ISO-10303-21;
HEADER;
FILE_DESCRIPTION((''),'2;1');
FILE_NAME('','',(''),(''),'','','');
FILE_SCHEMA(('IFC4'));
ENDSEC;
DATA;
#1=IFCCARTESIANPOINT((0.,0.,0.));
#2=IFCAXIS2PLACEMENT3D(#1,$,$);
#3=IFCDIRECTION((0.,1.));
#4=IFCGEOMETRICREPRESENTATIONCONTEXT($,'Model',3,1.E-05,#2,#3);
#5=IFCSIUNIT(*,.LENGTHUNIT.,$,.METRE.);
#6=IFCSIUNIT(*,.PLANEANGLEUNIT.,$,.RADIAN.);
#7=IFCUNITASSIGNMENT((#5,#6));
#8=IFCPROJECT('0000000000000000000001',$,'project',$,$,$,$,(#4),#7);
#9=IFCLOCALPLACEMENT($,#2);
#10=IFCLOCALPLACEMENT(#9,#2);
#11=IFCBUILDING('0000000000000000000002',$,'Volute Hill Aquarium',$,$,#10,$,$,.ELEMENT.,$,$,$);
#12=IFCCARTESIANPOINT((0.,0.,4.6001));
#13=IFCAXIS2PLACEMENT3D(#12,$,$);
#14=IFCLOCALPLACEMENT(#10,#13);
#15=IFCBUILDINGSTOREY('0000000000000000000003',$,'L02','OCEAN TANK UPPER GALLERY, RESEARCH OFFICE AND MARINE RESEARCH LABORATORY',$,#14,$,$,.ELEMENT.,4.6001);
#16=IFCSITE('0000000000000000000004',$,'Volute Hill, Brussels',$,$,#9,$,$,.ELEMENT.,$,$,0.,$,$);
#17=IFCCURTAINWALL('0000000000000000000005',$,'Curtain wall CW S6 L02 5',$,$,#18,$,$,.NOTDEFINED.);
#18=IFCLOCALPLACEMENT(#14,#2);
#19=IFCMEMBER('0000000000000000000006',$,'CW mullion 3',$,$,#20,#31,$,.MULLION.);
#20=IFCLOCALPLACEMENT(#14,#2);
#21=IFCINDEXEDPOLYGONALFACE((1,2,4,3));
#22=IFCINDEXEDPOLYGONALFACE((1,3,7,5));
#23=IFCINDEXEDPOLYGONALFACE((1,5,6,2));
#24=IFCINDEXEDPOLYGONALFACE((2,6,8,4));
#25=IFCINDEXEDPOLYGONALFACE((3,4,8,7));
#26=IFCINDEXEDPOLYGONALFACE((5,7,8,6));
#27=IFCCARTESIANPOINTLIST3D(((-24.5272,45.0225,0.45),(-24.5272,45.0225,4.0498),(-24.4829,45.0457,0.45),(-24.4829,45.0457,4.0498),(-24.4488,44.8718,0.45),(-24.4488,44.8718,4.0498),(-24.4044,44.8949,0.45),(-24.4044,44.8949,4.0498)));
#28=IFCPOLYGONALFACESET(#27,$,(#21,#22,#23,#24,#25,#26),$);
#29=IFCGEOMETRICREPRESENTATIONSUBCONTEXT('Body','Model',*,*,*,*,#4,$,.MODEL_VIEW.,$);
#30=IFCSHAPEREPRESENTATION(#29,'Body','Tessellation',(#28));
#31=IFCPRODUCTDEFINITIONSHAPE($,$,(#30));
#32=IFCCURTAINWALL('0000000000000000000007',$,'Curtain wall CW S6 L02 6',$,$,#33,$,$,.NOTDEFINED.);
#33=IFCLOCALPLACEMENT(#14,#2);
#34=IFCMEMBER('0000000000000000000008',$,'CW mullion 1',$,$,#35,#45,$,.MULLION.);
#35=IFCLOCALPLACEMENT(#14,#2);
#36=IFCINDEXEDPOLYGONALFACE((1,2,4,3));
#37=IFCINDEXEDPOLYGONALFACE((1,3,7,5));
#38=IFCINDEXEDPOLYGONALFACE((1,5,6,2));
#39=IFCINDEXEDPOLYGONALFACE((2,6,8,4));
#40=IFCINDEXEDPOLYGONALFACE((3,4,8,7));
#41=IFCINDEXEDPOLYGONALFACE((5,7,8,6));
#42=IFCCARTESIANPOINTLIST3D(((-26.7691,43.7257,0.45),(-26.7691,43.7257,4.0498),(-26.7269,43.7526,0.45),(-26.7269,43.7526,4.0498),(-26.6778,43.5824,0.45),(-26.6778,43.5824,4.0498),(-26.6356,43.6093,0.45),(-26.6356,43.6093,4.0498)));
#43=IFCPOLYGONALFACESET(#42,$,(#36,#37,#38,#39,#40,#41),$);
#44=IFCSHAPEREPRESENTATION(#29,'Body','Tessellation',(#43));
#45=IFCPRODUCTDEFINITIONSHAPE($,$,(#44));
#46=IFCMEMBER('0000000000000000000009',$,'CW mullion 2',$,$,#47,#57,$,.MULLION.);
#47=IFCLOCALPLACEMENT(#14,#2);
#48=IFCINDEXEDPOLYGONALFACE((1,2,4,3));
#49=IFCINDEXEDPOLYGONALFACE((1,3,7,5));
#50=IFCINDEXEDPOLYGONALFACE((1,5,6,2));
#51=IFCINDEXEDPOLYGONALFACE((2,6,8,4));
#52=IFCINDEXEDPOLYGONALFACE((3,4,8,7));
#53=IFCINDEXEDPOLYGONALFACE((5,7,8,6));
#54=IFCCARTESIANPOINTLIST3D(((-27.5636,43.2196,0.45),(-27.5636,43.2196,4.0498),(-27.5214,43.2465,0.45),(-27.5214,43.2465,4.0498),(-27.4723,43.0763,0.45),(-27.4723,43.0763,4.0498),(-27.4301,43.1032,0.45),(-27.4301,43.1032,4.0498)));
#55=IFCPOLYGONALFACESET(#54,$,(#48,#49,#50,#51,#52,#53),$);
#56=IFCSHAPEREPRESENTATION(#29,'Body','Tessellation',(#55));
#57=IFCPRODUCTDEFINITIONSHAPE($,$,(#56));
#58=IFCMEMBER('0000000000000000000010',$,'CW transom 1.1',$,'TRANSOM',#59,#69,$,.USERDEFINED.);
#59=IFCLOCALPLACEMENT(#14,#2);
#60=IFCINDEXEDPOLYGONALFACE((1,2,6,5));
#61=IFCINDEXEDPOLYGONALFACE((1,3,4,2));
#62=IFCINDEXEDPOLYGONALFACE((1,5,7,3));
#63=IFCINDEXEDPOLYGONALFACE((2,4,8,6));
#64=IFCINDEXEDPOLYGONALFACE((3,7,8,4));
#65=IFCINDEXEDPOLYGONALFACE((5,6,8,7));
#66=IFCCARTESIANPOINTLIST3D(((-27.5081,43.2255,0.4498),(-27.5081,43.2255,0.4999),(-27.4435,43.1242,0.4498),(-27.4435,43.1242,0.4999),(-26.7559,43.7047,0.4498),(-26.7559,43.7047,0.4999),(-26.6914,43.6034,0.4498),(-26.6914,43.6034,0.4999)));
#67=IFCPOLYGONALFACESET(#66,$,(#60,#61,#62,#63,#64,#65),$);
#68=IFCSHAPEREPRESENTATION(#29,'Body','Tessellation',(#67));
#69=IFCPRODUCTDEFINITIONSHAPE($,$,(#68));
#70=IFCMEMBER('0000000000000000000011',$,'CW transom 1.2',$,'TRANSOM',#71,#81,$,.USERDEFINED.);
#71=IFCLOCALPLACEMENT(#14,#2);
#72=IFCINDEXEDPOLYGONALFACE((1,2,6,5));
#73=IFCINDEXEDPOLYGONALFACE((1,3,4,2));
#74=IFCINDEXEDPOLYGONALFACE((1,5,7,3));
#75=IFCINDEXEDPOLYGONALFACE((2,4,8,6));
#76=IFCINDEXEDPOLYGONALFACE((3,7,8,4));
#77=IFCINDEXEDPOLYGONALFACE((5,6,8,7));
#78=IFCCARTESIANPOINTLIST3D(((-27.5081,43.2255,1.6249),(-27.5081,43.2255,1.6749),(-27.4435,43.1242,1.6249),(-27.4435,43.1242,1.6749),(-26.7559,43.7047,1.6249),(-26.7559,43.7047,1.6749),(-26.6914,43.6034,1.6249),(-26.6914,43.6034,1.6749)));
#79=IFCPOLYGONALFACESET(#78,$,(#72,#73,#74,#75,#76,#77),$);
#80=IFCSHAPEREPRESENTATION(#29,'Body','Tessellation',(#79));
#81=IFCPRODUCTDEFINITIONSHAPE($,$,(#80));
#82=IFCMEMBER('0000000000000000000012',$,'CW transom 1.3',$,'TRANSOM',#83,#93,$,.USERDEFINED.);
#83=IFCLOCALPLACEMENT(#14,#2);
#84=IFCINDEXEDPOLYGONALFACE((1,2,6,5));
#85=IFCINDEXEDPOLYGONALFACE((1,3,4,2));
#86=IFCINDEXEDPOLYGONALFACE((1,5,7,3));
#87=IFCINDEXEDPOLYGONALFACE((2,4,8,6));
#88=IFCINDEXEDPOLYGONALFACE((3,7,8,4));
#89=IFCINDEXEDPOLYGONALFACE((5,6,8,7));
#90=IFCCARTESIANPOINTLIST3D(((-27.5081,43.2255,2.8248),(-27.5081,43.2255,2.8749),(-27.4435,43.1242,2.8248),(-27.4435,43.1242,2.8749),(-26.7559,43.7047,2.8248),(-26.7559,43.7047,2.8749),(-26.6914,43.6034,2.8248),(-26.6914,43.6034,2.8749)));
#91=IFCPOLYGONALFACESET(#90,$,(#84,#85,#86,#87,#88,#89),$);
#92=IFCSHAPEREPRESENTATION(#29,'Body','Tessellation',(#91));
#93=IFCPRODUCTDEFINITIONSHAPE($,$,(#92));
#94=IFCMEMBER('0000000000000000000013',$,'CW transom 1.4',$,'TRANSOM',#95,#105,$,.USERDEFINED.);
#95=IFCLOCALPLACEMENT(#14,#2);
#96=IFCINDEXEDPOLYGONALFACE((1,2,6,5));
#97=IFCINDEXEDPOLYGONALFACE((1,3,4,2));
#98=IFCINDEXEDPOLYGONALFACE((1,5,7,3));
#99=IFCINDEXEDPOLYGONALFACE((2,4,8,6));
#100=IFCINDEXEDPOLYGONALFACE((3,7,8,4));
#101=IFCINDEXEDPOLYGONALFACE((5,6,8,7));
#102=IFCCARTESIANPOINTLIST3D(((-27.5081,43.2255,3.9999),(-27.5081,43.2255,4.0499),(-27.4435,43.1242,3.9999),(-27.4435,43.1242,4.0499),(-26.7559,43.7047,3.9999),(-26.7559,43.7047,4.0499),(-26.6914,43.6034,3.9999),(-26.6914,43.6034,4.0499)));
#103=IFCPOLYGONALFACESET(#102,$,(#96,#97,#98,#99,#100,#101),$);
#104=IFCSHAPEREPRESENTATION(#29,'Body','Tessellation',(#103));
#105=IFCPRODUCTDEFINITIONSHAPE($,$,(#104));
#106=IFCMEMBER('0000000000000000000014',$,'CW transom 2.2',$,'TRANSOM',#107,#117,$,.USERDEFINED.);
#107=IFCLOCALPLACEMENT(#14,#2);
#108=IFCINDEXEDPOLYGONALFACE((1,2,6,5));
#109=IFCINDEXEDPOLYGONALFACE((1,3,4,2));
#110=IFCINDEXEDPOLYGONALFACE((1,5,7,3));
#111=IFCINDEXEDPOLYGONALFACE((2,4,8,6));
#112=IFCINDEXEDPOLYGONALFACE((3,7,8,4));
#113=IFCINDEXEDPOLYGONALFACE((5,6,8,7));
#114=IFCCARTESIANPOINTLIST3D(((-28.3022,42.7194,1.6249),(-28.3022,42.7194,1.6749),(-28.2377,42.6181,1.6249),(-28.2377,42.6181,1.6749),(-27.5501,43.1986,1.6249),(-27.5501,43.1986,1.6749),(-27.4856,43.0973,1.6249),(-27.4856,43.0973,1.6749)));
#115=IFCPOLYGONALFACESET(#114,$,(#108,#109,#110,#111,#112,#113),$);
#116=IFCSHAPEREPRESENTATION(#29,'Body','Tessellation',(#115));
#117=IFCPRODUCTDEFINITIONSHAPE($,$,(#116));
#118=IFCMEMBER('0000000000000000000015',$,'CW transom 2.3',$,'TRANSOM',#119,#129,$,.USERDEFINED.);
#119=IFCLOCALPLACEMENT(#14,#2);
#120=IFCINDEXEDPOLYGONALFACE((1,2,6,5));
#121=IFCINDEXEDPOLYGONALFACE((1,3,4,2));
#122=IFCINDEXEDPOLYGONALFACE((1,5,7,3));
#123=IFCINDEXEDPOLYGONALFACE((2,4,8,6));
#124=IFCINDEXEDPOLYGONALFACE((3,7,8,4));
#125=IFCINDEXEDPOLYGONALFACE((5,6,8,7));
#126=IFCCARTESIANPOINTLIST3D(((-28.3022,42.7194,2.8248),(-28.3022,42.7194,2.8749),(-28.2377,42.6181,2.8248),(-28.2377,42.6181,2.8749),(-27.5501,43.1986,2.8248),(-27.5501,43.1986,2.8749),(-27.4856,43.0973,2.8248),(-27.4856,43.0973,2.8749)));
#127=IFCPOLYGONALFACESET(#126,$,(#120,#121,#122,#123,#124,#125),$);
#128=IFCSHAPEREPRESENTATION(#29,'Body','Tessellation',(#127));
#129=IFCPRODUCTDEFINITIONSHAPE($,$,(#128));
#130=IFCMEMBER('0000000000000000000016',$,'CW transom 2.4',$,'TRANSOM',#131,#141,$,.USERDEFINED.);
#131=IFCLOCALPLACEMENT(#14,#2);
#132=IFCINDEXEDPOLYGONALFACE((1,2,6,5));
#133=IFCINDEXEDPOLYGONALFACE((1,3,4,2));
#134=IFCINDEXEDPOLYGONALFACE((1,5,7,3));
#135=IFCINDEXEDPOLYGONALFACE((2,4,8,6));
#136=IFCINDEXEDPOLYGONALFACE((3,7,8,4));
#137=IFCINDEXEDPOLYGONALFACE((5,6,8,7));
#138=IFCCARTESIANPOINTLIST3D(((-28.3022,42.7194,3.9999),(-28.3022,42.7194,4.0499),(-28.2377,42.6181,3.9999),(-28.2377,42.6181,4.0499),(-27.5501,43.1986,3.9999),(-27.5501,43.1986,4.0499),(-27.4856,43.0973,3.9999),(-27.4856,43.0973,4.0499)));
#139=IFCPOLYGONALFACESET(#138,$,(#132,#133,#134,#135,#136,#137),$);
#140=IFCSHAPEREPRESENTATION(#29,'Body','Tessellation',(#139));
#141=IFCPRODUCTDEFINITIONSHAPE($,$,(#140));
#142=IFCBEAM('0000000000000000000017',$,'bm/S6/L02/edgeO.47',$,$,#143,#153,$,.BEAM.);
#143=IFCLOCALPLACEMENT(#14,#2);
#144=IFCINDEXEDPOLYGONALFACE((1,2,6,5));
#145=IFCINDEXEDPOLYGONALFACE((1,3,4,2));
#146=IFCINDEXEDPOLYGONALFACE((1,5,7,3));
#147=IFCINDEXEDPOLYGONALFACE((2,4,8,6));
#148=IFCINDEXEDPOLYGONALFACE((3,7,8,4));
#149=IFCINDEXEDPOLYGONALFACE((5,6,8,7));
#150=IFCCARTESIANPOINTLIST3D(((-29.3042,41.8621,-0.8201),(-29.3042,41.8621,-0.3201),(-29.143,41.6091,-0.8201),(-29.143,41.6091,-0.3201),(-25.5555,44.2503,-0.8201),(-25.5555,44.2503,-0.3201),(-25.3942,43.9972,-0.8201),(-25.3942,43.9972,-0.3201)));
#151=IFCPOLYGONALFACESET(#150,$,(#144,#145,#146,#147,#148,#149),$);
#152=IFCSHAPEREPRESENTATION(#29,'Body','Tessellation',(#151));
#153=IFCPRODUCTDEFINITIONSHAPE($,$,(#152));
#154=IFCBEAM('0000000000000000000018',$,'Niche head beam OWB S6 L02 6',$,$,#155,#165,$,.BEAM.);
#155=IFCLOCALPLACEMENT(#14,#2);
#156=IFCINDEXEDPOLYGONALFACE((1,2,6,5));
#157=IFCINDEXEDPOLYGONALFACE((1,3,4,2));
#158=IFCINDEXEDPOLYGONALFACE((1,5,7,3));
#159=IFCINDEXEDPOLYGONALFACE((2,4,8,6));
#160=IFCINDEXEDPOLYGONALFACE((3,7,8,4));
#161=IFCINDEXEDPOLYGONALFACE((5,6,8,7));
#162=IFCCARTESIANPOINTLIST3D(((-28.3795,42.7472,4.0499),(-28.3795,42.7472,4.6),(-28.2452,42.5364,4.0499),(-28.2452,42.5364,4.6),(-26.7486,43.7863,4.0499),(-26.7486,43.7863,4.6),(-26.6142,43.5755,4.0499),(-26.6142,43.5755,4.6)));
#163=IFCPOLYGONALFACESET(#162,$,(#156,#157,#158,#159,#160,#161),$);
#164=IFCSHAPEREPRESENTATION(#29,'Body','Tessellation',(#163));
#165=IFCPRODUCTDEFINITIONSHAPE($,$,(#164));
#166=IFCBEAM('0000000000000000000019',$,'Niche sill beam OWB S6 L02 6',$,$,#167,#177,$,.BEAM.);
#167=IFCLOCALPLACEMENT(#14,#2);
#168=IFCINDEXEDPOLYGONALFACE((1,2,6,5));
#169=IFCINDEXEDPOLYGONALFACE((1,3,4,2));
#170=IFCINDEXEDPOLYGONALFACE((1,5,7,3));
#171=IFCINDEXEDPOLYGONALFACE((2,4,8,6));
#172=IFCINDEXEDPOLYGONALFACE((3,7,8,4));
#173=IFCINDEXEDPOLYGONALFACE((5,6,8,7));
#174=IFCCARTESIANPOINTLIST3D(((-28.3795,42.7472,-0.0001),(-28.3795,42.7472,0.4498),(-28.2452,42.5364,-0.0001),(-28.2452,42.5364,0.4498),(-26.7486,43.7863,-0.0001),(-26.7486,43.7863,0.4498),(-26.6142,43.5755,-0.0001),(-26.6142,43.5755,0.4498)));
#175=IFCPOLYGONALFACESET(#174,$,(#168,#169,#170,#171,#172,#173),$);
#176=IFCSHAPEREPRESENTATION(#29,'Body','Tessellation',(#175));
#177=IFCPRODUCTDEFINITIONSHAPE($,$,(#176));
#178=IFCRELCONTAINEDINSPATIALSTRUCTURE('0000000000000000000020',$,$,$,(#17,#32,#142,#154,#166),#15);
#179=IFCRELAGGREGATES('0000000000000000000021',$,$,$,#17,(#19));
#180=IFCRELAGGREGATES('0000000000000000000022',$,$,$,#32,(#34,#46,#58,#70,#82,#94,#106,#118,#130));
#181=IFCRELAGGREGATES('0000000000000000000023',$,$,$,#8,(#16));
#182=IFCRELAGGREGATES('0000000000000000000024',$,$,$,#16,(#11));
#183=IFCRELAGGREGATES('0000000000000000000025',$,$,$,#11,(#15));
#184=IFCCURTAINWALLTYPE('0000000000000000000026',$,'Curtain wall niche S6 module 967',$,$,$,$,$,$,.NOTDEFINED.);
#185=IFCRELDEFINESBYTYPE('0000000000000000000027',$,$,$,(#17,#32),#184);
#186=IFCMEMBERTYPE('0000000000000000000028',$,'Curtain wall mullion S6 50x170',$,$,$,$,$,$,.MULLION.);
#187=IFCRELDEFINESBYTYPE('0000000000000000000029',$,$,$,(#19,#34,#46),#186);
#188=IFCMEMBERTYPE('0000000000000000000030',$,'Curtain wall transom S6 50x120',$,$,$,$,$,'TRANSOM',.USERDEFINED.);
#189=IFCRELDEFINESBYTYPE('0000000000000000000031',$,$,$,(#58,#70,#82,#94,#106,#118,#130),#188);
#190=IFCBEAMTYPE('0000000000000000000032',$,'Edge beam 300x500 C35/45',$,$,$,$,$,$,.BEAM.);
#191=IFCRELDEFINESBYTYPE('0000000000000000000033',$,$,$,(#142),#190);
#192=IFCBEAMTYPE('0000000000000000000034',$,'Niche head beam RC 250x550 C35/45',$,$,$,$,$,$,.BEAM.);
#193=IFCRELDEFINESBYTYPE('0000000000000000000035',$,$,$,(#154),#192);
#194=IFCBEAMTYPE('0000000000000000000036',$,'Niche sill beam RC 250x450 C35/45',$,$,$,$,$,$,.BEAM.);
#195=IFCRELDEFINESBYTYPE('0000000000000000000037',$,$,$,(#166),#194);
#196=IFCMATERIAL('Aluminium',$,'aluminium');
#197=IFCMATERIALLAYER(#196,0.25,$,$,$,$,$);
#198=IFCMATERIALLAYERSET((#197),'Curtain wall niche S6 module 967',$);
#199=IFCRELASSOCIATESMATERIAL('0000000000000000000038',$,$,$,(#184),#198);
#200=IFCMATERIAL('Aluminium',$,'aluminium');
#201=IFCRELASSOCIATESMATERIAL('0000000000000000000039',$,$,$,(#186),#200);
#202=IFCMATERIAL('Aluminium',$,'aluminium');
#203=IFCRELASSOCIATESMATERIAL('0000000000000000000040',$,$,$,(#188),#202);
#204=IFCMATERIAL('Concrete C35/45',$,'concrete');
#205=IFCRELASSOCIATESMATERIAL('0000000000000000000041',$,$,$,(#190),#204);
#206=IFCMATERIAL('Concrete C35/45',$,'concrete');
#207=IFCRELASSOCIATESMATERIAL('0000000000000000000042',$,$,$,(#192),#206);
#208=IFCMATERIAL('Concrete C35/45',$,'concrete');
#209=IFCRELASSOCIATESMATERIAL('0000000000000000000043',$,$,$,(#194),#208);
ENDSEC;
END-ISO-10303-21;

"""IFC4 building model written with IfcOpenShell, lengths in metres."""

from ifc_helpers import new_model, si_unit, direction, frame, origin, origin_2d, place, context, subcontext, project, spatial, rectangle, extrude, material, layer, layer_set, material_profile, profile_set, type_object, element, aggregate, save


model = new_model("IFC4")

# Units and contexts
model_context = context("Model", 3, precision=1e-05, world=origin(), true_north=direction((0.0, 1.0)))
body_context = subcontext(model_context, "Body", "Model", "MODEL_VIEW")
ifc_project = project(units=[si_unit("LENGTHUNIT", "METRE"), si_unit("PLANEANGLEUNIT", "RADIAN")], contexts=[model_context])

# Site, building, storey
site_placement = place(None, origin())
site = spatial("IfcSite", under=ifc_project, at=site_placement, Name="Volute Hill, Brussels", CompositionType="ELEMENT", RefElevation=0.0)
building_placement = place(site_placement, origin())
building = spatial("IfcBuilding", under=site, at=building_placement, Name="Volute Hill Aquarium", CompositionType="ELEMENT")
storey_placement = place(building_placement, frame((0.0, 0.0, 4.6001)))
storey = spatial("IfcBuildingStorey", under=building, at=storey_placement, Name="L02", Description="OCEAN TANK UPPER GALLERY, RESEARCH OFFICE AND MARINE RESEARCH LABORATORY", CompositionType="ELEMENT", Elevation=4.6001)

# Curtain wall, member
ifc_material_1 = material(Name="Aluminium", Category="aluminium")
ifc_layer_1 = layer(ifc_material_1, 0.25)
ifc_layer_set_1 = layer_set([ifc_layer_1], Name="Curtain wall niche S6 module 967")
curtain_wall_type = type_object("IfcCurtainWallType", Name="Curtain wall niche S6 module 967", PredefinedType="NOTDEFINED", material=ifc_layer_set_1)
curtain_wall_1_placement = place(storey_placement, origin())
curtain_wall_1 = element("IfcCurtainWall", 1, at=curtain_wall_1_placement, inside=storey, type_object=curtain_wall_type, Name="Curtain wall CW S6 L02 5", PredefinedType="NOTDEFINED")
ifc_material_2 = material(Name="Aluminium", Category="aluminium")
ifc_material_profile_1 = material_profile(ifc_material_2, rectangle(XDim=0.1699, YDim=0.05, at=origin_2d()), Name="Curtain wall mullion S6 50x170")
ifc_profile_set_1 = profile_set([ifc_material_profile_1], Name="Aluminium")
member_type_1 = type_object("IfcMemberType", Name="Curtain wall mullion S6 50x170", PredefinedType="MULLION", material=ifc_profile_set_1)
member_1_placement = place(storey_placement, frame((-24.4658, 44.9587, 0.45), z_axis=(0.0, 0.0, 1.0), x_axis=(0.46176, -0.887005, 0.0)))
member_1 = element("IfcMember", 2, at=member_1_placement, type_object=member_type_1, Name="CW mullion 3", PredefinedType="MULLION", context=body_context, shape_type="SweptSolid", body=[
    extrude(rectangle(XDim=0.1699, YDim=0.05, at=origin_2d()), origin(), (0.0, 0.0, 1.0), 3.5999),
])
aggregate(curtain_wall_1, [member_1])

# Curtain wall, members
curtain_wall_2_placement = place(storey_placement, origin())
curtain_wall_2 = element("IfcCurtainWall", 3, at=curtain_wall_2_placement, inside=storey, type_object=curtain_wall_type, Name="Curtain wall CW S6 L02 6", PredefinedType="NOTDEFINED")
member_2_placement = place(storey_placement, frame((-26.7024, 43.6675, 0.45), z_axis=(0.0, 0.0, 1.0), x_axis=(0.537295, -0.843395, 0.0)))
member_2 = element("IfcMember", 4, at=member_2_placement, type_object=member_type_1, Name="CW mullion 1", PredefinedType="MULLION", context=body_context, shape_type="SweptSolid", body=[
    extrude(rectangle(XDim=0.1699, YDim=0.05, at=origin_2d()), origin(), (0.0, 0.0, 1.0), 3.5999),
])
member_3_placement = place(storey_placement, frame((-27.4968, 43.1614, 0.45), z_axis=(0.0, 0.0, 1.0), x_axis=(0.537295, -0.843395, 0.0)))
member_3 = element("IfcMember", 5, at=member_3_placement, type_object=member_type_1, Name="CW mullion 2", PredefinedType="MULLION", context=body_context, shape_type="SweptSolid", body=[
    extrude(rectangle(XDim=0.1699, YDim=0.05, at=origin_2d()), origin(), (0.0, 0.0, 1.0), 3.5999),
])
ifc_material_3 = material(Name="Aluminium", Category="aluminium")
ifc_material_profile_2 = material_profile(ifc_material_3, rectangle(XDim=0.1201, YDim=0.05, at=origin_2d()), Name="Curtain wall transom S6 50x120")
ifc_profile_set_2 = profile_set([ifc_material_profile_2], Name="Aluminium")
member_type_2 = type_object("IfcMemberType", Name="Curtain wall transom S6 50x120", ElementType="TRANSOM", PredefinedType="USERDEFINED", material=ifc_profile_set_2)
member_4_placement = place(storey_placement, frame((-26.7236, 43.6541, 0.4749), z_axis=(-0.843368, -0.537336, 0.0), x_axis=(0.537336, -0.843368, 0.0)))
member_4 = element("IfcMember", 6, at=member_4_placement, type_object=member_type_2, Name="CW transom 1.1", ObjectType="TRANSOM", PredefinedType="USERDEFINED", context=body_context, shape_type="SweptSolid", body=[
    extrude(rectangle(XDim=0.1201, YDim=0.05, at=origin_2d()), origin(), (0.0, 0.0, 1.0), 0.8918),
])
member_5_placement = place(storey_placement, frame((-26.7236, 43.6541, 1.6499), z_axis=(-0.843368, -0.537336, 0.0), x_axis=(0.537336, -0.843368, 0.0)))
member_5 = element("IfcMember", 7, at=member_5_placement, type_object=member_type_2, Name="CW transom 1.2", ObjectType="TRANSOM", PredefinedType="USERDEFINED", context=body_context, shape_type="SweptSolid", body=[
    extrude(rectangle(XDim=0.1201, YDim=0.05, at=origin_2d()), origin(), (0.0, 0.0, 1.0), 0.8918),
])
member_6_placement = place(storey_placement, frame((-26.7236, 43.6541, 2.8499), z_axis=(-0.843368, -0.537336, 0.0), x_axis=(0.537336, -0.843368, 0.0)))
member_6 = element("IfcMember", 8, at=member_6_placement, type_object=member_type_2, Name="CW transom 1.3", ObjectType="TRANSOM", PredefinedType="USERDEFINED", context=body_context, shape_type="SweptSolid", body=[
    extrude(rectangle(XDim=0.1201, YDim=0.05, at=origin_2d()), origin(), (0.0, 0.0, 1.0), 0.8918),
])
member_7_placement = place(storey_placement, frame((-26.7236, 43.6541, 4.0249), z_axis=(-0.843368, -0.537336, 0.0), x_axis=(0.537336, -0.843368, 0.0)))
member_7 = element("IfcMember", 9, at=member_7_placement, type_object=member_type_2, Name="CW transom 1.4", ObjectType="TRANSOM", PredefinedType="USERDEFINED", context=body_context, shape_type="SweptSolid", body=[
    extrude(rectangle(XDim=0.1201, YDim=0.05, at=origin_2d()), origin(), (0.0, 0.0, 1.0), 0.8918),
])
member_8_placement = place(storey_placement, frame((-27.5178, 43.1479, 1.6499), z_axis=(-0.843368, -0.537336, 0.0), x_axis=(0.537336, -0.843368, 0.0)))
member_8 = element("IfcMember", 10, at=member_8_placement, type_object=member_type_2, Name="CW transom 2.2", ObjectType="TRANSOM", PredefinedType="USERDEFINED", context=body_context, shape_type="SweptSolid", body=[
    extrude(rectangle(XDim=0.1201, YDim=0.05, at=origin_2d()), origin(), (0.0, 0.0, 1.0), 0.8918),
])
member_9_placement = place(storey_placement, frame((-27.5178, 43.1479, 2.8499), z_axis=(-0.843368, -0.537336, 0.0), x_axis=(0.537336, -0.843368, 0.0)))
member_9 = element("IfcMember", 11, at=member_9_placement, type_object=member_type_2, Name="CW transom 2.3", ObjectType="TRANSOM", PredefinedType="USERDEFINED", context=body_context, shape_type="SweptSolid", body=[
    extrude(rectangle(XDim=0.1201, YDim=0.05, at=origin_2d()), origin(), (0.0, 0.0, 1.0), 0.8918),
])
member_10_placement = place(storey_placement, frame((-27.5178, 43.1479, 4.0249), z_axis=(-0.843368, -0.537336, 0.0), x_axis=(0.537336, -0.843368, 0.0)))
member_10 = element("IfcMember", 12, at=member_10_placement, type_object=member_type_2, Name="CW transom 2.4", ObjectType="TRANSOM", PredefinedType="USERDEFINED", context=body_context, shape_type="SweptSolid", body=[
    extrude(rectangle(XDim=0.1201, YDim=0.05, at=origin_2d()), origin(), (0.0, 0.0, 1.0), 0.8918),
])

# Beams
ifc_material_4 = material(Name="Concrete C35/45", Category="concrete")
ifc_material_profile_3 = material_profile(ifc_material_4, rectangle(XDim=0.3, YDim=0.5, at=origin_2d()), Name="RC edge beam 300x500")
ifc_profile_set_3 = profile_set([ifc_material_profile_3], Name="Concrete C35/45")
beam_type_1 = type_object("IfcBeamType", Name="Edge beam 300x500 C35/45", PredefinedType="BEAM", material=ifc_profile_set_3)
beam_1_placement = place(storey_placement, frame((-25.4749, 44.1238, -0.5701), z_axis=(-0.843397, -0.537291, 0.0), x_axis=(0.537291, -0.843397, 0.0)))
element("IfcBeam", 13, at=beam_1_placement, inside=storey, type_object=beam_type_1, Name="bm/S6/L02/edgeO.47", PredefinedType="BEAM", context=body_context, shape_type="SweptSolid", body=[
    extrude(rectangle(XDim=0.3, YDim=0.5, at=origin_2d()), origin(), (0.0, 0.0, 1.0), 4.4448),
])
ifc_material_5 = material(Name="Concrete C35/45", Category="concrete")
ifc_material_profile_4 = material_profile(ifc_material_5, rectangle(XDim=0.25, YDim=0.55, at=origin_2d()), Name="RC beam 250x550")
ifc_profile_set_4 = profile_set([ifc_material_profile_4], Name="Concrete C35/45")
beam_type_2 = type_object("IfcBeamType", Name="Niche head beam RC 250x550 C35/45", PredefinedType="BEAM", material=ifc_profile_set_4)
beam_2_placement = place(storey_placement, frame((-26.6814, 43.6809, 4.325), z_axis=(-0.84337, -0.537333, 0.0), x_axis=(0.537333, -0.84337, 0.0)))
element("IfcBeam", 14, at=beam_2_placement, inside=storey, type_object=beam_type_2, Name="Niche head beam OWB S6 L02 6", PredefinedType="BEAM", context=body_context, shape_type="SweptSolid", body=[
    extrude(rectangle(XDim=0.25, YDim=0.55, at=origin_2d()), origin(), (0.0, 0.0, 1.0), 1.9338),
])
ifc_material_6 = material(Name="Concrete C35/45", Category="concrete")
ifc_material_profile_5 = material_profile(ifc_material_6, rectangle(XDim=0.25, YDim=0.45, at=origin_2d()), Name="RC beam 250x450")
ifc_profile_set_5 = profile_set([ifc_material_profile_5], Name="Concrete C35/45")
beam_type_3 = type_object("IfcBeamType", Name="Niche sill beam RC 250x450 C35/45", PredefinedType="BEAM", material=ifc_profile_set_5)
beam_3_placement = place(storey_placement, frame((-26.6814, 43.6809, 0.2249), z_axis=(-0.84337, -0.537333, 0.0), x_axis=(0.537333, -0.84337, 0.0)))
element("IfcBeam", 15, at=beam_3_placement, inside=storey, type_object=beam_type_3, Name="Niche sill beam OWB S6 L02 6", PredefinedType="BEAM", context=body_context, shape_type="SweptSolid", body=[
    extrude(rectangle(XDim=0.25, YDim=0.45, at=origin_2d()), origin(), (0.0, 0.0, 1.0), 1.9338),
])

aggregate(curtain_wall_2, [member_2, member_3, member_4, member_5, member_6, member_7, member_8, member_9, member_10])

save(model, "model.ifc")
